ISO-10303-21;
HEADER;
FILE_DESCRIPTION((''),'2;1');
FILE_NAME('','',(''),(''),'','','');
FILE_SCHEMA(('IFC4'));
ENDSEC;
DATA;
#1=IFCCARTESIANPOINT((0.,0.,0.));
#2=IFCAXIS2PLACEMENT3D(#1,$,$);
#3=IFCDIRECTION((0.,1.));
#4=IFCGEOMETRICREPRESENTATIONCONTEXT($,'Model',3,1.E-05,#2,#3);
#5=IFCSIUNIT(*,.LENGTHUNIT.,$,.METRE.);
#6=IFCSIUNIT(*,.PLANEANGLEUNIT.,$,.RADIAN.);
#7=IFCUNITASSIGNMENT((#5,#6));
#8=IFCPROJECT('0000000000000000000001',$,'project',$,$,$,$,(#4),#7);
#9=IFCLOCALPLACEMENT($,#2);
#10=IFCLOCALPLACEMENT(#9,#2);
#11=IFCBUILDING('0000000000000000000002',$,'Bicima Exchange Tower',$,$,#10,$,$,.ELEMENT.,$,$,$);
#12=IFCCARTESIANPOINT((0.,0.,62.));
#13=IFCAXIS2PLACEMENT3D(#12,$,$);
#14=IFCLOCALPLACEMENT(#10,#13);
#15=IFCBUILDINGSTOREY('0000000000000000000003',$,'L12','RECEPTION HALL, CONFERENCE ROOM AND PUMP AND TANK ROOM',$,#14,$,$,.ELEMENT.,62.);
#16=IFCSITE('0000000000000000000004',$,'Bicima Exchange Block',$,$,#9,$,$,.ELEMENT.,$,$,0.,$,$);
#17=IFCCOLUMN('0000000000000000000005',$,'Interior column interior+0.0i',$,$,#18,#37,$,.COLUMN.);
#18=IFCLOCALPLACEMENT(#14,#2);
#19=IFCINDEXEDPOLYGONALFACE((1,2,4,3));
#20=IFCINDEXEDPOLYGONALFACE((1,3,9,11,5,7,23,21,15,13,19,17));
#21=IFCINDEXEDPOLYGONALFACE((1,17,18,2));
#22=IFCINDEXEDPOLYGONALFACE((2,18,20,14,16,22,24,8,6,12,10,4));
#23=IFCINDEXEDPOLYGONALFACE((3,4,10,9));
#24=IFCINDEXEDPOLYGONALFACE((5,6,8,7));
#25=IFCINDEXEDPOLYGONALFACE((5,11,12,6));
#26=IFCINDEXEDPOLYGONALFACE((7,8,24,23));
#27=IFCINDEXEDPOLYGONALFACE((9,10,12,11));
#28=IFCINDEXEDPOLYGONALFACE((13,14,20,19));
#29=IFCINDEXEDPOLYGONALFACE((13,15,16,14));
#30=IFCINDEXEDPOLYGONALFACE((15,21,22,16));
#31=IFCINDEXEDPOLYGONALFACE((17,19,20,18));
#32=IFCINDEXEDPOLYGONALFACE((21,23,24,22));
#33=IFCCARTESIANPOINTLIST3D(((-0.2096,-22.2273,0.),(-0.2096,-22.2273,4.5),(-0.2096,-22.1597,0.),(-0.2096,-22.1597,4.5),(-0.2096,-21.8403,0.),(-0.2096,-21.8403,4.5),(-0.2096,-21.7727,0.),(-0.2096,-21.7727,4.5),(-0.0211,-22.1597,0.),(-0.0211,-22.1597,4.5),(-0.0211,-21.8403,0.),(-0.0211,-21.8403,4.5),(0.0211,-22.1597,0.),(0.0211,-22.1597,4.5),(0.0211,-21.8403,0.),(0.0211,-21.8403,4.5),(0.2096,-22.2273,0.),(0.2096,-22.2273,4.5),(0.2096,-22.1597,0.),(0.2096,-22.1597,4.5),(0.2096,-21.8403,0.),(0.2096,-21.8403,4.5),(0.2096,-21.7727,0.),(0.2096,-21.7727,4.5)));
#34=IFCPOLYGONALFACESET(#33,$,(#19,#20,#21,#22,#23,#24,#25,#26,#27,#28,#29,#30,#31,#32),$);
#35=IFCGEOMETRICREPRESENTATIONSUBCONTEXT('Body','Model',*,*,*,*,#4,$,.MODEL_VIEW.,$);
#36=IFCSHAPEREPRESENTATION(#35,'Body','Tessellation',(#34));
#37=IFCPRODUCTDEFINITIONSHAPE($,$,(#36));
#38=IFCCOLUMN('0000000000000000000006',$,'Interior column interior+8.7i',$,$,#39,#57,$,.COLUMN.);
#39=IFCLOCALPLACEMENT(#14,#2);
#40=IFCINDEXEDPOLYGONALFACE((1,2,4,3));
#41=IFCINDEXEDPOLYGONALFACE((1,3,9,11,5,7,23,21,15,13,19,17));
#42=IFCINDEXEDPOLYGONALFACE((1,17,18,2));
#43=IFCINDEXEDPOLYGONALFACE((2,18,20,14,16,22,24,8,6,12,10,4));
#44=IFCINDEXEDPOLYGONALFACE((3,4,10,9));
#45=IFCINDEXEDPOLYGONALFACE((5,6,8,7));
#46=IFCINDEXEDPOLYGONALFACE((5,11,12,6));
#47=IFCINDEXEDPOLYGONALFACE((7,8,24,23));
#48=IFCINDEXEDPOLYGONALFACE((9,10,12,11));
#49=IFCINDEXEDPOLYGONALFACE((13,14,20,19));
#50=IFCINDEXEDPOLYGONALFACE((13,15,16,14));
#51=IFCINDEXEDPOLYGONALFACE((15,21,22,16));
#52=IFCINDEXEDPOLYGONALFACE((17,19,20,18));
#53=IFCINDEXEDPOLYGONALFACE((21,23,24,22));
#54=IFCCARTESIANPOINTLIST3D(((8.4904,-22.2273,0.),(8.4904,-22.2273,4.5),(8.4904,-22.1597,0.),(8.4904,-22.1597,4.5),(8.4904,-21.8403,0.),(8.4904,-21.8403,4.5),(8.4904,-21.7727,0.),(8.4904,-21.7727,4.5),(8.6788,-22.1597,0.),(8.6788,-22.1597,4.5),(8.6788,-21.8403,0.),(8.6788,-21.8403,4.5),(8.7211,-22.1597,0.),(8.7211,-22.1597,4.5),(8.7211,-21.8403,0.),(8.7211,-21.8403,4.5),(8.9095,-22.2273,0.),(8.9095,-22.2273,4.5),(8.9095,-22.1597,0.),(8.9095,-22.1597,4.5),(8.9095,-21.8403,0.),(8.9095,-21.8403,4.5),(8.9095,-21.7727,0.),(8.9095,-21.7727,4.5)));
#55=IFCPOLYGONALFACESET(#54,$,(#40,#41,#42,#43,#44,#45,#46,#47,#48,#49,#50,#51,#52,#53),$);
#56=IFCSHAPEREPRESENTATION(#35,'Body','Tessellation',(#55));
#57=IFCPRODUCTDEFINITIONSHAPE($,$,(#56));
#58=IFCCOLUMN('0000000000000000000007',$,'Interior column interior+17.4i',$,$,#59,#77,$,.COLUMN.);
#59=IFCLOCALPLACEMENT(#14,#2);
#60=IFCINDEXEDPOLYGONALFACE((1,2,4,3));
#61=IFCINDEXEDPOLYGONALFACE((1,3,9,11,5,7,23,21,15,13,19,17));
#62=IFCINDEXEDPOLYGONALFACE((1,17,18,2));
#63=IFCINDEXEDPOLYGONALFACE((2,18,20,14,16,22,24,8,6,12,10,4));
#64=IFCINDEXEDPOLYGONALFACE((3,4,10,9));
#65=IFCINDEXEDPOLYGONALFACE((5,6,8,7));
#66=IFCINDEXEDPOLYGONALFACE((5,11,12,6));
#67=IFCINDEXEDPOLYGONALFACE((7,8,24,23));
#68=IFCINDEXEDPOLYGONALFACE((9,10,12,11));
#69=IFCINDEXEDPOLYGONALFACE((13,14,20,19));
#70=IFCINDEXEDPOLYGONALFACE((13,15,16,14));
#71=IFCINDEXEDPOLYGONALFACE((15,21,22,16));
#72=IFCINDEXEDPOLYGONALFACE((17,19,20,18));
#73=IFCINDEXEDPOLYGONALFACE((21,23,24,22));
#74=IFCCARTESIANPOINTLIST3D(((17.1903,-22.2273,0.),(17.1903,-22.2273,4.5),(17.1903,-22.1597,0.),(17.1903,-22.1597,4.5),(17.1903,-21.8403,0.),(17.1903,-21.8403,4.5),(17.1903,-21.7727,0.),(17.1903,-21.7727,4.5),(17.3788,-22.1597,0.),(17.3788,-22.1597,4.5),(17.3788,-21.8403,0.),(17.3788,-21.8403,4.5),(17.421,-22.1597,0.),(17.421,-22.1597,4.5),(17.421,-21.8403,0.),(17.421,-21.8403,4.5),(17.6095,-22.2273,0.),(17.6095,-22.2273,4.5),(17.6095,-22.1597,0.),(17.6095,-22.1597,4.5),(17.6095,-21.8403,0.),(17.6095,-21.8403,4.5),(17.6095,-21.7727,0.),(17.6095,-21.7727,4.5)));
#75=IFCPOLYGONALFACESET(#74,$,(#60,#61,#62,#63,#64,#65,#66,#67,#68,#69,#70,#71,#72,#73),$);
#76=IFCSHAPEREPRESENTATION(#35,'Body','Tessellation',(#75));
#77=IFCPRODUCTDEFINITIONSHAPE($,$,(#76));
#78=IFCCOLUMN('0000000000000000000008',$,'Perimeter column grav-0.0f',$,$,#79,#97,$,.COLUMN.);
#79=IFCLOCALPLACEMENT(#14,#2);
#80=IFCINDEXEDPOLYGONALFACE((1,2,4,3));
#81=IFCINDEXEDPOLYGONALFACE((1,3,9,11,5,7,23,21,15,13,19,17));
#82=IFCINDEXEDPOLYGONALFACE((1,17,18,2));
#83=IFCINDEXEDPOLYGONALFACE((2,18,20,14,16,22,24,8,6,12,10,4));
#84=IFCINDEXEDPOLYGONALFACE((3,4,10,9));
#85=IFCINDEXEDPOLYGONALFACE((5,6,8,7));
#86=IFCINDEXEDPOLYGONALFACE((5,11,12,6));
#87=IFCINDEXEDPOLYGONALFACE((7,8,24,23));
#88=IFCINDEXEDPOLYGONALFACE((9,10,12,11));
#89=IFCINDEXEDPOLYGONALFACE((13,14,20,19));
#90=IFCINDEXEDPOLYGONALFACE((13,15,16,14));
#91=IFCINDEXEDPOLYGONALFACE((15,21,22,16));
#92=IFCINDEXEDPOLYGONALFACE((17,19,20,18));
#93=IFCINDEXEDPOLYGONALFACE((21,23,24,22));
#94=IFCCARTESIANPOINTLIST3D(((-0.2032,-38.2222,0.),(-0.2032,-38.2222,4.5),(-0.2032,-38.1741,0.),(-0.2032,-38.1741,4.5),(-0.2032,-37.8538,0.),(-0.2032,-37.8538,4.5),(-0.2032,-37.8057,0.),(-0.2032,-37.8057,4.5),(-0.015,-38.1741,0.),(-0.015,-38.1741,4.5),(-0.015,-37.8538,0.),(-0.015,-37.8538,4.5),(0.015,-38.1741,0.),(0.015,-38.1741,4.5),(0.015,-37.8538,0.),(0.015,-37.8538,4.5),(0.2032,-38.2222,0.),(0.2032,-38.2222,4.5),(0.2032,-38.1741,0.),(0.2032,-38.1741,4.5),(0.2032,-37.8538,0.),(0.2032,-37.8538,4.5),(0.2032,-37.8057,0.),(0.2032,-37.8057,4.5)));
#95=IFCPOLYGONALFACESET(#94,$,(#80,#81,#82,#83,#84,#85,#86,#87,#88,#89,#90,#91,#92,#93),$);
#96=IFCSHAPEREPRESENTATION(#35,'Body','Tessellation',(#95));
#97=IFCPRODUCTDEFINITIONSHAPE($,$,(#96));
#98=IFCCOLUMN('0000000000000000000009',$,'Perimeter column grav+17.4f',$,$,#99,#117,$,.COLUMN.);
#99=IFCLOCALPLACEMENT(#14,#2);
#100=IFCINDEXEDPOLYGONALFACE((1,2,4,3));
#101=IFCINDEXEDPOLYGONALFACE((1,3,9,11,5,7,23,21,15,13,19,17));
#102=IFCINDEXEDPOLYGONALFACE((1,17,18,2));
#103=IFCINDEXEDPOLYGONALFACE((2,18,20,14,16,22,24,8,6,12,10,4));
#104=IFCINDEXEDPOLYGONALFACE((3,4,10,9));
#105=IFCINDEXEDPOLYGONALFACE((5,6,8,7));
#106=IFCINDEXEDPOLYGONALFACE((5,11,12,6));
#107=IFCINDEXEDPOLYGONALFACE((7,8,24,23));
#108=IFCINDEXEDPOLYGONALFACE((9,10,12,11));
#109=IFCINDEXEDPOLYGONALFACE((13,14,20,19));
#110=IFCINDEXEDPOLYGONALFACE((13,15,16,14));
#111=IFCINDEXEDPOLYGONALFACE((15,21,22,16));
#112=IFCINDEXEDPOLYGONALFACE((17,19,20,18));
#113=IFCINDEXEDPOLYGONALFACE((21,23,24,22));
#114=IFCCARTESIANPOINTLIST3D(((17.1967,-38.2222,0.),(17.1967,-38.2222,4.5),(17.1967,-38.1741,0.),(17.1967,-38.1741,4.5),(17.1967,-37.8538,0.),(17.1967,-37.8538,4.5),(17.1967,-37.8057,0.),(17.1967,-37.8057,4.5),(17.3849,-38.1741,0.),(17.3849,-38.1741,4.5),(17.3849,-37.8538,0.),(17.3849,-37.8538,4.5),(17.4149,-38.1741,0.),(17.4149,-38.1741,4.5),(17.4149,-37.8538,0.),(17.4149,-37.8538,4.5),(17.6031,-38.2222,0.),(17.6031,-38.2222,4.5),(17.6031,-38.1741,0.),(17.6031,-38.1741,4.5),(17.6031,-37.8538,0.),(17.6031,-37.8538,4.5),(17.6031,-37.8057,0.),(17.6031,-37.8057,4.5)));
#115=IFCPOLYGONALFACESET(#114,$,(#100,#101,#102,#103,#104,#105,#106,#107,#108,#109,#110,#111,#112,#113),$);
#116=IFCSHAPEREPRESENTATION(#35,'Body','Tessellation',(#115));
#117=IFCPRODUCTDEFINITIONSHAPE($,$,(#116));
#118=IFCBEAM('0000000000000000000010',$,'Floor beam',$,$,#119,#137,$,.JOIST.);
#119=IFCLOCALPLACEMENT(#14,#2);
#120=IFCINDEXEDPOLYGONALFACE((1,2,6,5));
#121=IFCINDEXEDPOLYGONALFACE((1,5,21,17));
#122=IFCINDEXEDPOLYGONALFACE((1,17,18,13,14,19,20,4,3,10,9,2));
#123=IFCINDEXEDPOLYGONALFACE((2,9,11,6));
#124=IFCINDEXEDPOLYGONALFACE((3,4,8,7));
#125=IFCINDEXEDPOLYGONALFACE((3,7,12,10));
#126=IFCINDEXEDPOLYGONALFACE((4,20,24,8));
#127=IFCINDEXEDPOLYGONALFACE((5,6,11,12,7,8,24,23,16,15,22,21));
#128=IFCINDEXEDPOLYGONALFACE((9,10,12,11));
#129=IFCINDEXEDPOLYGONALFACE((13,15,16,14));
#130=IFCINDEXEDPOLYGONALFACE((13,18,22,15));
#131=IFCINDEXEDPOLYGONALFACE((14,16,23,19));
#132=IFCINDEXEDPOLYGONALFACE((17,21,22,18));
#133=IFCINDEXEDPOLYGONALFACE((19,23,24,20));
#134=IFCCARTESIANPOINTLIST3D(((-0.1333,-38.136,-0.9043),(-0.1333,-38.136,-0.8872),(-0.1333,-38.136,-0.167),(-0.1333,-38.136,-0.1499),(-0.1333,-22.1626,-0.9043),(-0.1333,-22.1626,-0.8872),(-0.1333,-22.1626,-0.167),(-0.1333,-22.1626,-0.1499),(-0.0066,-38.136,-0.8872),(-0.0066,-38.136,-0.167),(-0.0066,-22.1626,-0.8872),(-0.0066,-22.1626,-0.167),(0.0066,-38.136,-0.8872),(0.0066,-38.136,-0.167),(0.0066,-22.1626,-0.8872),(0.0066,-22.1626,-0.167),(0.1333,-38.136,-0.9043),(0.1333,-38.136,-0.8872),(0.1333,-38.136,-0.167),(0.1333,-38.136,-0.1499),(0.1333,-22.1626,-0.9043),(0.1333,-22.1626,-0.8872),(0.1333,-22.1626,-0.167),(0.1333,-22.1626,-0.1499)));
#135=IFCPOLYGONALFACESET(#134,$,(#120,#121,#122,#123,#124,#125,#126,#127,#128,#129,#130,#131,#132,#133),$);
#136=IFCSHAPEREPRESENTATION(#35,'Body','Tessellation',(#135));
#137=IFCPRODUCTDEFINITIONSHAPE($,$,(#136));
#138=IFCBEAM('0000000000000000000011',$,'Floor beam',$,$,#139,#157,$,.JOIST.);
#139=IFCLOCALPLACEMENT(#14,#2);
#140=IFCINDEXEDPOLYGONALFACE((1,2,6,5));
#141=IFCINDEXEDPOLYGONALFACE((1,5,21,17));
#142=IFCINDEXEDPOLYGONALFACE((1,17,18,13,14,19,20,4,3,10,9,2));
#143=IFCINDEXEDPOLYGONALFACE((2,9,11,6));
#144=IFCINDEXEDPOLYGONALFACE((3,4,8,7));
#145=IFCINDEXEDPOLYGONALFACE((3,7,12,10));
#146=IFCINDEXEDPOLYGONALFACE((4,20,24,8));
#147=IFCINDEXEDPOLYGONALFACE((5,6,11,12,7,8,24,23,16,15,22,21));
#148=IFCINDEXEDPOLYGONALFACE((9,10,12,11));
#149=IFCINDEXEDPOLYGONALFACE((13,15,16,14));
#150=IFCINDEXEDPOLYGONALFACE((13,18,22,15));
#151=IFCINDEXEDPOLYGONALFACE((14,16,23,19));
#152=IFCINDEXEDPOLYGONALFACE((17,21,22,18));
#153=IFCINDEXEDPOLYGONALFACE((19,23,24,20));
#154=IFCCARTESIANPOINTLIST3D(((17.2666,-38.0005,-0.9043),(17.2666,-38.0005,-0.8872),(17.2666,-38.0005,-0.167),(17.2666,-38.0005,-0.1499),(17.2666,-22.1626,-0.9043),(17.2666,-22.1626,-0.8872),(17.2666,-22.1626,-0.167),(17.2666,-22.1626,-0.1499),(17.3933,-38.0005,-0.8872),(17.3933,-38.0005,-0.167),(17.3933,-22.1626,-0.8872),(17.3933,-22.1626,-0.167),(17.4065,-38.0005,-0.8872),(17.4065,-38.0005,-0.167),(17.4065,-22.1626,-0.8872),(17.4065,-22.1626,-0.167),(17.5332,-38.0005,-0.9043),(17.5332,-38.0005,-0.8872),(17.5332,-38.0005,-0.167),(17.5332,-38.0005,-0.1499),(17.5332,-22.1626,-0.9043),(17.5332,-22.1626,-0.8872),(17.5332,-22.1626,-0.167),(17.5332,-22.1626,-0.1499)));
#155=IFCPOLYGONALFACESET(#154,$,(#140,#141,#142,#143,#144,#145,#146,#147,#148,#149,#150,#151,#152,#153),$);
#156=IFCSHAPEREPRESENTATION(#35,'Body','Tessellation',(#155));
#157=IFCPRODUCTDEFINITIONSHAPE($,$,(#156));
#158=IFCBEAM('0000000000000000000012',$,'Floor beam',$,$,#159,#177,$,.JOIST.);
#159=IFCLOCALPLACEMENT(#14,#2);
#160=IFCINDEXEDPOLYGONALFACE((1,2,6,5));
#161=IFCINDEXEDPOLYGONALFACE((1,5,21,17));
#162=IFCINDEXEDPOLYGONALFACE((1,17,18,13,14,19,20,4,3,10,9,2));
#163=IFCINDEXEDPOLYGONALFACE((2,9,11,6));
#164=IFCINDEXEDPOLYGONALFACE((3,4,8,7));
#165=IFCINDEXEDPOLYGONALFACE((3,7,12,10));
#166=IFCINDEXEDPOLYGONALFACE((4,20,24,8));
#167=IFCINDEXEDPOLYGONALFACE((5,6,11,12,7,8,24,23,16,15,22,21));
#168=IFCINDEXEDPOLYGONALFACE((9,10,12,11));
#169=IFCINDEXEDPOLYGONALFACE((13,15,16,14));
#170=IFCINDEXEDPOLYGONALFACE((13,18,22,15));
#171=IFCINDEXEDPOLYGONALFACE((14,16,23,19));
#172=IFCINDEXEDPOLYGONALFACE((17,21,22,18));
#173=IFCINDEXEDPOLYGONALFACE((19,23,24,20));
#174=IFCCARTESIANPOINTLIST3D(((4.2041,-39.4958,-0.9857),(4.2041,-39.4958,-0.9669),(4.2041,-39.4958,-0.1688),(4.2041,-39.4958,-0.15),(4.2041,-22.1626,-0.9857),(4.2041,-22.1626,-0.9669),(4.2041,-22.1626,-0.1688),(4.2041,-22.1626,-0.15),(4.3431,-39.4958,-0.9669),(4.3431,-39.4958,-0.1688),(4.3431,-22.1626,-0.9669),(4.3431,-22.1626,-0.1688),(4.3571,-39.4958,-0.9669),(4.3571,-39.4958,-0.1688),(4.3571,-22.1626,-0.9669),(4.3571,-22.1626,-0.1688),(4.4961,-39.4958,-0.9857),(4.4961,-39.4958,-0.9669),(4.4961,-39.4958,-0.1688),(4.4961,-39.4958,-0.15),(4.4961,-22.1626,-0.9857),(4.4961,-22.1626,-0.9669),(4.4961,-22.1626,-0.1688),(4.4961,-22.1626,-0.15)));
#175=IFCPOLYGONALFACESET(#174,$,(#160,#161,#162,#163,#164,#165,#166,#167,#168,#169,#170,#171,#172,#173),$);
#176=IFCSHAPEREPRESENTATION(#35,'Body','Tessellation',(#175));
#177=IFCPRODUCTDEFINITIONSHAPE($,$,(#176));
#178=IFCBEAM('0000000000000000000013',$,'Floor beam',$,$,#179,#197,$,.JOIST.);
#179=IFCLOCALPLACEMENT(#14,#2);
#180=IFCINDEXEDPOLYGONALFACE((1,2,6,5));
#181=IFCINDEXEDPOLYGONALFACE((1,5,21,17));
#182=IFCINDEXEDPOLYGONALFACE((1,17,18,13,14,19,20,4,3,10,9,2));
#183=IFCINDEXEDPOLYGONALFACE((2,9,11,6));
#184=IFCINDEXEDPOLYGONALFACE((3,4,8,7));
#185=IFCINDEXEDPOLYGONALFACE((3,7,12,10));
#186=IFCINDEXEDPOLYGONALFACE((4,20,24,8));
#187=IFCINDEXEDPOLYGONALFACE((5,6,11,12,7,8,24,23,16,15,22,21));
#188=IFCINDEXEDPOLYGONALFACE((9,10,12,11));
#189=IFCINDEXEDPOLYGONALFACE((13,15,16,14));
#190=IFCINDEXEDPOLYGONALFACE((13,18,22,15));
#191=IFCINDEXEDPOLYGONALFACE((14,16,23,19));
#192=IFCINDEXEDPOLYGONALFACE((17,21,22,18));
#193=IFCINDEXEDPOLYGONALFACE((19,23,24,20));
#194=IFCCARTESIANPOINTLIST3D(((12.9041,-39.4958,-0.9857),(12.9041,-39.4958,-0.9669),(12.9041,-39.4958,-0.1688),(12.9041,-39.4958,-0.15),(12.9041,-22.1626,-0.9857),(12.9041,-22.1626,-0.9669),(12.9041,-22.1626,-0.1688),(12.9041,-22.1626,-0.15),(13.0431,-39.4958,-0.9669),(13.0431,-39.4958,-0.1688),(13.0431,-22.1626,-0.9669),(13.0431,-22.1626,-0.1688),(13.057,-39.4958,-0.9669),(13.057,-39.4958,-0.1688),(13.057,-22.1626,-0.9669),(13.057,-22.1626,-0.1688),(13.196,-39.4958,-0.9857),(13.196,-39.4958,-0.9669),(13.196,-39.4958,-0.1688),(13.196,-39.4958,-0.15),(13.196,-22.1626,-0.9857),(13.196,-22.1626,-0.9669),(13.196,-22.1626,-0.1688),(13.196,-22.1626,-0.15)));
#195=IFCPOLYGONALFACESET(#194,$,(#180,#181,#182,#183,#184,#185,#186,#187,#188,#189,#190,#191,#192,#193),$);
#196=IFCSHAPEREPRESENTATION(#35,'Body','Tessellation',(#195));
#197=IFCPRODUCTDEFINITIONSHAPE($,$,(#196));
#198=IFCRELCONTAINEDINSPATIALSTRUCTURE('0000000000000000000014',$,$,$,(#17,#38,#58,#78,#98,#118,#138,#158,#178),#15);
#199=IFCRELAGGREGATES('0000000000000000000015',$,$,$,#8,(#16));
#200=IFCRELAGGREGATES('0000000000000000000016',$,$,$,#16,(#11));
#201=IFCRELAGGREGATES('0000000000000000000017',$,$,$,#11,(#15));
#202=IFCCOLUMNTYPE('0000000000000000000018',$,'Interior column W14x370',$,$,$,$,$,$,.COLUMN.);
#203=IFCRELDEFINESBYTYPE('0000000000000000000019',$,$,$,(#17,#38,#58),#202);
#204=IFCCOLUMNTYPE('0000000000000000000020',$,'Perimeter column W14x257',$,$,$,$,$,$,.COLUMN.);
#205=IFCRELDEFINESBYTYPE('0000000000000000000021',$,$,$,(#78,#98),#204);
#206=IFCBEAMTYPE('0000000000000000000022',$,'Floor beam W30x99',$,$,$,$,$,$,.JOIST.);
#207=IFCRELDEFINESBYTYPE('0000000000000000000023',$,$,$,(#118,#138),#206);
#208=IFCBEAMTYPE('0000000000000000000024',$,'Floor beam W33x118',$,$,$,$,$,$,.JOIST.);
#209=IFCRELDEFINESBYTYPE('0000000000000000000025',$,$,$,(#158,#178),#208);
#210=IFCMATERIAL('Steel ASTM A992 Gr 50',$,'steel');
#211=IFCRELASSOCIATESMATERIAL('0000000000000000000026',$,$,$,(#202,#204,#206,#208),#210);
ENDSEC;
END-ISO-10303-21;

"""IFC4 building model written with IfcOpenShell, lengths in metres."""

from ifc_helpers import new_model, si_unit, direction, frame, origin, origin_2d, place, context, subcontext, project, spatial, i_section, extrude, material, material_profile, profile_set, type_object, element, save


model = new_model("IFC4")

# Units and contexts
model_context = context("Model", 3, precision=1e-05, world=origin(), true_north=direction((0.0, 1.0)))
body_context = subcontext(model_context, "Body", "Model", "MODEL_VIEW")
ifc_project = project(units=[si_unit("LENGTHUNIT", "METRE"), si_unit("PLANEANGLEUNIT", "RADIAN")], contexts=[model_context])

# Site, building, storey
site_placement = place(None, origin())
site = spatial("IfcSite", under=ifc_project, at=site_placement, Name="Bicima Exchange Block", CompositionType="ELEMENT", RefElevation=0.0)
building_placement = place(site_placement, origin())
building = spatial("IfcBuilding", under=site, at=building_placement, Name="Bicima Exchange Tower", CompositionType="ELEMENT")
storey_placement = place(building_placement, frame((0.0, 0.0, 62.0)))
storey = spatial("IfcBuildingStorey", under=building, at=storey_placement, Name="L12", Description="RECEPTION HALL, CONFERENCE ROOM AND PUMP AND TANK ROOM", CompositionType="ELEMENT", Elevation=62.0)

# Columns
ifc_material_1 = material(Name="Steel ASTM A992 Gr 50", Category="steel")
ifc_material_profile_1 = material_profile(ifc_material_1, i_section(OverallWidth=0.4192, OverallDepth=0.4546, WebThickness=0.0422, FlangeThickness=0.0676, at=origin_2d()))
ifc_profile_set_1 = profile_set([ifc_material_profile_1], Name="Steel ASTM A992 Gr 50")
column_type_1 = type_object("IfcColumnType", Name="Interior column W14x370", PredefinedType="COLUMN", material=ifc_profile_set_1)
for number, where, z_axis, x_axis, name in (
    (1, (0.0, -22.0, 0.0), (0.0, 0.0, 1.0), (1.0, 0.0, 0.0), "Interior column interior+0.0i"),
    (2, (8.7, -22.0, 0.0), (0.0, 0.0, 1.0), (1.0, 0.0, 0.0), "Interior column interior+8.7i"),
    (3, (17.3999, -22.0, 0.0), (0.0, 0.0, 1.0), (1.0, 0.0, 0.0), "Interior column interior+17.4i"),
):
    element("IfcColumn", number, at=place(storey_placement, frame(where, z_axis=z_axis, x_axis=x_axis)), inside=storey, type_object=column_type_1, Name=name, PredefinedType="COLUMN", context=body_context, shape_type="SweptSolid", body=[
        extrude(i_section(OverallWidth=0.4192, OverallDepth=0.4546, WebThickness=0.0422, FlangeThickness=0.0676, at=origin_2d()), origin(), (0.0, 0.0, 1.0), 4.5),
    ])
ifc_material_profile_2 = material_profile(ifc_material_1, i_section(OverallWidth=0.4065, OverallDepth=0.4165, WebThickness=0.03, FlangeThickness=0.0481, at=origin_2d()))
ifc_profile_set_2 = profile_set([ifc_material_profile_2], Name="Steel ASTM A992 Gr 50")
column_type_2 = type_object("IfcColumnType", Name="Perimeter column W14x257", PredefinedType="COLUMN", material=ifc_profile_set_2)
for number, where, z_axis, x_axis, name in (
    (4, (0.0, -38.0139, 0.0), (0.0, 0.0, 1.0), (1.0, 0.0, 0.0), "Perimeter column grav-0.0f"),
    (5, (17.3999, -38.0139, 0.0), (0.0, 0.0, 1.0), (1.0, 0.0, 0.0), "Perimeter column grav+17.4f"),
):
    element("IfcColumn", number, at=place(storey_placement, frame(where, z_axis=z_axis, x_axis=x_axis)), inside=storey, type_object=column_type_2, Name=name, PredefinedType="COLUMN", context=body_context, shape_type="SweptSolid", body=[
        extrude(i_section(OverallWidth=0.4065, OverallDepth=0.4165, WebThickness=0.03, FlangeThickness=0.0481, at=origin_2d()), origin(), (0.0, 0.0, 1.0), 4.5),
    ])

# Beams
ifc_material_profile_3 = material_profile(ifc_material_1, i_section(OverallWidth=0.2666, OverallDepth=0.7544, WebThickness=0.0132, FlangeThickness=0.0171, at=origin_2d()))
ifc_profile_set_3 = profile_set([ifc_material_profile_3], Name="Steel ASTM A992 Gr 50")
beam_type_1 = type_object("IfcBeamType", Name="Floor beam W30x99", PredefinedType="JOIST", material=ifc_profile_set_3)
beam_1_placement = place(storey_placement, frame((0.0, -22.1626, -0.5271), z_axis=(0.0, -1.0, 0.0), x_axis=(1.0, 0.0, 0.0)))
element("IfcBeam", 6, at=beam_1_placement, inside=storey, type_object=beam_type_1, Name="Floor beam", PredefinedType="JOIST", context=body_context, shape_type="SweptSolid", body=[
    extrude(i_section(OverallWidth=0.2666, OverallDepth=0.7544, WebThickness=0.0132, FlangeThickness=0.0171, at=origin_2d()), origin(), (0.0, 0.0, 1.0), 15.9734),
])
beam_2_placement = place(storey_placement, frame((17.3999, -22.1626, -0.5271), z_axis=(0.0, -1.0, 0.0), x_axis=(1.0, 0.0, 0.0)))
element("IfcBeam", 7, at=beam_2_placement, inside=storey, type_object=beam_type_1, Name="Floor beam", PredefinedType="JOIST", context=body_context, shape_type="SweptSolid", body=[
    extrude(i_section(OverallWidth=0.2666, OverallDepth=0.7544, WebThickness=0.0132, FlangeThickness=0.0171, at=origin_2d()), origin(), (0.0, 0.0, 1.0), 15.8379),
])
ifc_material_profile_4 = material_profile(ifc_material_1, i_section(OverallWidth=0.292, OverallDepth=0.8357, WebThickness=0.0139, FlangeThickness=0.0188, at=origin_2d()))
ifc_profile_set_4 = profile_set([ifc_material_profile_4], Name="Steel ASTM A992 Gr 50")
beam_type_2 = type_object("IfcBeamType", Name="Floor beam W33x118", PredefinedType="JOIST", material=ifc_profile_set_4)
for number, where, z_axis, x_axis, name in (
    (8, (4.3501, -22.1626, -0.5679), (0.0, -1.0, 0.0), (1.0, 0.0, 0.0), "Floor beam"),
    (9, (13.05, -22.1626, -0.5679), (0.0, -1.0, 0.0), (1.0, 0.0, 0.0), "Floor beam"),
):
    element("IfcBeam", number, at=place(storey_placement, frame(where, z_axis=z_axis, x_axis=x_axis)), inside=storey, type_object=beam_type_2, Name=name, PredefinedType="JOIST", context=body_context, shape_type="SweptSolid", body=[
        extrude(i_section(OverallWidth=0.292, OverallDepth=0.8357, WebThickness=0.0139, FlangeThickness=0.0188, at=origin_2d()), origin(), (0.0, 0.0, 1.0), 17.3333),
    ])

save(model, "model.ifc")
